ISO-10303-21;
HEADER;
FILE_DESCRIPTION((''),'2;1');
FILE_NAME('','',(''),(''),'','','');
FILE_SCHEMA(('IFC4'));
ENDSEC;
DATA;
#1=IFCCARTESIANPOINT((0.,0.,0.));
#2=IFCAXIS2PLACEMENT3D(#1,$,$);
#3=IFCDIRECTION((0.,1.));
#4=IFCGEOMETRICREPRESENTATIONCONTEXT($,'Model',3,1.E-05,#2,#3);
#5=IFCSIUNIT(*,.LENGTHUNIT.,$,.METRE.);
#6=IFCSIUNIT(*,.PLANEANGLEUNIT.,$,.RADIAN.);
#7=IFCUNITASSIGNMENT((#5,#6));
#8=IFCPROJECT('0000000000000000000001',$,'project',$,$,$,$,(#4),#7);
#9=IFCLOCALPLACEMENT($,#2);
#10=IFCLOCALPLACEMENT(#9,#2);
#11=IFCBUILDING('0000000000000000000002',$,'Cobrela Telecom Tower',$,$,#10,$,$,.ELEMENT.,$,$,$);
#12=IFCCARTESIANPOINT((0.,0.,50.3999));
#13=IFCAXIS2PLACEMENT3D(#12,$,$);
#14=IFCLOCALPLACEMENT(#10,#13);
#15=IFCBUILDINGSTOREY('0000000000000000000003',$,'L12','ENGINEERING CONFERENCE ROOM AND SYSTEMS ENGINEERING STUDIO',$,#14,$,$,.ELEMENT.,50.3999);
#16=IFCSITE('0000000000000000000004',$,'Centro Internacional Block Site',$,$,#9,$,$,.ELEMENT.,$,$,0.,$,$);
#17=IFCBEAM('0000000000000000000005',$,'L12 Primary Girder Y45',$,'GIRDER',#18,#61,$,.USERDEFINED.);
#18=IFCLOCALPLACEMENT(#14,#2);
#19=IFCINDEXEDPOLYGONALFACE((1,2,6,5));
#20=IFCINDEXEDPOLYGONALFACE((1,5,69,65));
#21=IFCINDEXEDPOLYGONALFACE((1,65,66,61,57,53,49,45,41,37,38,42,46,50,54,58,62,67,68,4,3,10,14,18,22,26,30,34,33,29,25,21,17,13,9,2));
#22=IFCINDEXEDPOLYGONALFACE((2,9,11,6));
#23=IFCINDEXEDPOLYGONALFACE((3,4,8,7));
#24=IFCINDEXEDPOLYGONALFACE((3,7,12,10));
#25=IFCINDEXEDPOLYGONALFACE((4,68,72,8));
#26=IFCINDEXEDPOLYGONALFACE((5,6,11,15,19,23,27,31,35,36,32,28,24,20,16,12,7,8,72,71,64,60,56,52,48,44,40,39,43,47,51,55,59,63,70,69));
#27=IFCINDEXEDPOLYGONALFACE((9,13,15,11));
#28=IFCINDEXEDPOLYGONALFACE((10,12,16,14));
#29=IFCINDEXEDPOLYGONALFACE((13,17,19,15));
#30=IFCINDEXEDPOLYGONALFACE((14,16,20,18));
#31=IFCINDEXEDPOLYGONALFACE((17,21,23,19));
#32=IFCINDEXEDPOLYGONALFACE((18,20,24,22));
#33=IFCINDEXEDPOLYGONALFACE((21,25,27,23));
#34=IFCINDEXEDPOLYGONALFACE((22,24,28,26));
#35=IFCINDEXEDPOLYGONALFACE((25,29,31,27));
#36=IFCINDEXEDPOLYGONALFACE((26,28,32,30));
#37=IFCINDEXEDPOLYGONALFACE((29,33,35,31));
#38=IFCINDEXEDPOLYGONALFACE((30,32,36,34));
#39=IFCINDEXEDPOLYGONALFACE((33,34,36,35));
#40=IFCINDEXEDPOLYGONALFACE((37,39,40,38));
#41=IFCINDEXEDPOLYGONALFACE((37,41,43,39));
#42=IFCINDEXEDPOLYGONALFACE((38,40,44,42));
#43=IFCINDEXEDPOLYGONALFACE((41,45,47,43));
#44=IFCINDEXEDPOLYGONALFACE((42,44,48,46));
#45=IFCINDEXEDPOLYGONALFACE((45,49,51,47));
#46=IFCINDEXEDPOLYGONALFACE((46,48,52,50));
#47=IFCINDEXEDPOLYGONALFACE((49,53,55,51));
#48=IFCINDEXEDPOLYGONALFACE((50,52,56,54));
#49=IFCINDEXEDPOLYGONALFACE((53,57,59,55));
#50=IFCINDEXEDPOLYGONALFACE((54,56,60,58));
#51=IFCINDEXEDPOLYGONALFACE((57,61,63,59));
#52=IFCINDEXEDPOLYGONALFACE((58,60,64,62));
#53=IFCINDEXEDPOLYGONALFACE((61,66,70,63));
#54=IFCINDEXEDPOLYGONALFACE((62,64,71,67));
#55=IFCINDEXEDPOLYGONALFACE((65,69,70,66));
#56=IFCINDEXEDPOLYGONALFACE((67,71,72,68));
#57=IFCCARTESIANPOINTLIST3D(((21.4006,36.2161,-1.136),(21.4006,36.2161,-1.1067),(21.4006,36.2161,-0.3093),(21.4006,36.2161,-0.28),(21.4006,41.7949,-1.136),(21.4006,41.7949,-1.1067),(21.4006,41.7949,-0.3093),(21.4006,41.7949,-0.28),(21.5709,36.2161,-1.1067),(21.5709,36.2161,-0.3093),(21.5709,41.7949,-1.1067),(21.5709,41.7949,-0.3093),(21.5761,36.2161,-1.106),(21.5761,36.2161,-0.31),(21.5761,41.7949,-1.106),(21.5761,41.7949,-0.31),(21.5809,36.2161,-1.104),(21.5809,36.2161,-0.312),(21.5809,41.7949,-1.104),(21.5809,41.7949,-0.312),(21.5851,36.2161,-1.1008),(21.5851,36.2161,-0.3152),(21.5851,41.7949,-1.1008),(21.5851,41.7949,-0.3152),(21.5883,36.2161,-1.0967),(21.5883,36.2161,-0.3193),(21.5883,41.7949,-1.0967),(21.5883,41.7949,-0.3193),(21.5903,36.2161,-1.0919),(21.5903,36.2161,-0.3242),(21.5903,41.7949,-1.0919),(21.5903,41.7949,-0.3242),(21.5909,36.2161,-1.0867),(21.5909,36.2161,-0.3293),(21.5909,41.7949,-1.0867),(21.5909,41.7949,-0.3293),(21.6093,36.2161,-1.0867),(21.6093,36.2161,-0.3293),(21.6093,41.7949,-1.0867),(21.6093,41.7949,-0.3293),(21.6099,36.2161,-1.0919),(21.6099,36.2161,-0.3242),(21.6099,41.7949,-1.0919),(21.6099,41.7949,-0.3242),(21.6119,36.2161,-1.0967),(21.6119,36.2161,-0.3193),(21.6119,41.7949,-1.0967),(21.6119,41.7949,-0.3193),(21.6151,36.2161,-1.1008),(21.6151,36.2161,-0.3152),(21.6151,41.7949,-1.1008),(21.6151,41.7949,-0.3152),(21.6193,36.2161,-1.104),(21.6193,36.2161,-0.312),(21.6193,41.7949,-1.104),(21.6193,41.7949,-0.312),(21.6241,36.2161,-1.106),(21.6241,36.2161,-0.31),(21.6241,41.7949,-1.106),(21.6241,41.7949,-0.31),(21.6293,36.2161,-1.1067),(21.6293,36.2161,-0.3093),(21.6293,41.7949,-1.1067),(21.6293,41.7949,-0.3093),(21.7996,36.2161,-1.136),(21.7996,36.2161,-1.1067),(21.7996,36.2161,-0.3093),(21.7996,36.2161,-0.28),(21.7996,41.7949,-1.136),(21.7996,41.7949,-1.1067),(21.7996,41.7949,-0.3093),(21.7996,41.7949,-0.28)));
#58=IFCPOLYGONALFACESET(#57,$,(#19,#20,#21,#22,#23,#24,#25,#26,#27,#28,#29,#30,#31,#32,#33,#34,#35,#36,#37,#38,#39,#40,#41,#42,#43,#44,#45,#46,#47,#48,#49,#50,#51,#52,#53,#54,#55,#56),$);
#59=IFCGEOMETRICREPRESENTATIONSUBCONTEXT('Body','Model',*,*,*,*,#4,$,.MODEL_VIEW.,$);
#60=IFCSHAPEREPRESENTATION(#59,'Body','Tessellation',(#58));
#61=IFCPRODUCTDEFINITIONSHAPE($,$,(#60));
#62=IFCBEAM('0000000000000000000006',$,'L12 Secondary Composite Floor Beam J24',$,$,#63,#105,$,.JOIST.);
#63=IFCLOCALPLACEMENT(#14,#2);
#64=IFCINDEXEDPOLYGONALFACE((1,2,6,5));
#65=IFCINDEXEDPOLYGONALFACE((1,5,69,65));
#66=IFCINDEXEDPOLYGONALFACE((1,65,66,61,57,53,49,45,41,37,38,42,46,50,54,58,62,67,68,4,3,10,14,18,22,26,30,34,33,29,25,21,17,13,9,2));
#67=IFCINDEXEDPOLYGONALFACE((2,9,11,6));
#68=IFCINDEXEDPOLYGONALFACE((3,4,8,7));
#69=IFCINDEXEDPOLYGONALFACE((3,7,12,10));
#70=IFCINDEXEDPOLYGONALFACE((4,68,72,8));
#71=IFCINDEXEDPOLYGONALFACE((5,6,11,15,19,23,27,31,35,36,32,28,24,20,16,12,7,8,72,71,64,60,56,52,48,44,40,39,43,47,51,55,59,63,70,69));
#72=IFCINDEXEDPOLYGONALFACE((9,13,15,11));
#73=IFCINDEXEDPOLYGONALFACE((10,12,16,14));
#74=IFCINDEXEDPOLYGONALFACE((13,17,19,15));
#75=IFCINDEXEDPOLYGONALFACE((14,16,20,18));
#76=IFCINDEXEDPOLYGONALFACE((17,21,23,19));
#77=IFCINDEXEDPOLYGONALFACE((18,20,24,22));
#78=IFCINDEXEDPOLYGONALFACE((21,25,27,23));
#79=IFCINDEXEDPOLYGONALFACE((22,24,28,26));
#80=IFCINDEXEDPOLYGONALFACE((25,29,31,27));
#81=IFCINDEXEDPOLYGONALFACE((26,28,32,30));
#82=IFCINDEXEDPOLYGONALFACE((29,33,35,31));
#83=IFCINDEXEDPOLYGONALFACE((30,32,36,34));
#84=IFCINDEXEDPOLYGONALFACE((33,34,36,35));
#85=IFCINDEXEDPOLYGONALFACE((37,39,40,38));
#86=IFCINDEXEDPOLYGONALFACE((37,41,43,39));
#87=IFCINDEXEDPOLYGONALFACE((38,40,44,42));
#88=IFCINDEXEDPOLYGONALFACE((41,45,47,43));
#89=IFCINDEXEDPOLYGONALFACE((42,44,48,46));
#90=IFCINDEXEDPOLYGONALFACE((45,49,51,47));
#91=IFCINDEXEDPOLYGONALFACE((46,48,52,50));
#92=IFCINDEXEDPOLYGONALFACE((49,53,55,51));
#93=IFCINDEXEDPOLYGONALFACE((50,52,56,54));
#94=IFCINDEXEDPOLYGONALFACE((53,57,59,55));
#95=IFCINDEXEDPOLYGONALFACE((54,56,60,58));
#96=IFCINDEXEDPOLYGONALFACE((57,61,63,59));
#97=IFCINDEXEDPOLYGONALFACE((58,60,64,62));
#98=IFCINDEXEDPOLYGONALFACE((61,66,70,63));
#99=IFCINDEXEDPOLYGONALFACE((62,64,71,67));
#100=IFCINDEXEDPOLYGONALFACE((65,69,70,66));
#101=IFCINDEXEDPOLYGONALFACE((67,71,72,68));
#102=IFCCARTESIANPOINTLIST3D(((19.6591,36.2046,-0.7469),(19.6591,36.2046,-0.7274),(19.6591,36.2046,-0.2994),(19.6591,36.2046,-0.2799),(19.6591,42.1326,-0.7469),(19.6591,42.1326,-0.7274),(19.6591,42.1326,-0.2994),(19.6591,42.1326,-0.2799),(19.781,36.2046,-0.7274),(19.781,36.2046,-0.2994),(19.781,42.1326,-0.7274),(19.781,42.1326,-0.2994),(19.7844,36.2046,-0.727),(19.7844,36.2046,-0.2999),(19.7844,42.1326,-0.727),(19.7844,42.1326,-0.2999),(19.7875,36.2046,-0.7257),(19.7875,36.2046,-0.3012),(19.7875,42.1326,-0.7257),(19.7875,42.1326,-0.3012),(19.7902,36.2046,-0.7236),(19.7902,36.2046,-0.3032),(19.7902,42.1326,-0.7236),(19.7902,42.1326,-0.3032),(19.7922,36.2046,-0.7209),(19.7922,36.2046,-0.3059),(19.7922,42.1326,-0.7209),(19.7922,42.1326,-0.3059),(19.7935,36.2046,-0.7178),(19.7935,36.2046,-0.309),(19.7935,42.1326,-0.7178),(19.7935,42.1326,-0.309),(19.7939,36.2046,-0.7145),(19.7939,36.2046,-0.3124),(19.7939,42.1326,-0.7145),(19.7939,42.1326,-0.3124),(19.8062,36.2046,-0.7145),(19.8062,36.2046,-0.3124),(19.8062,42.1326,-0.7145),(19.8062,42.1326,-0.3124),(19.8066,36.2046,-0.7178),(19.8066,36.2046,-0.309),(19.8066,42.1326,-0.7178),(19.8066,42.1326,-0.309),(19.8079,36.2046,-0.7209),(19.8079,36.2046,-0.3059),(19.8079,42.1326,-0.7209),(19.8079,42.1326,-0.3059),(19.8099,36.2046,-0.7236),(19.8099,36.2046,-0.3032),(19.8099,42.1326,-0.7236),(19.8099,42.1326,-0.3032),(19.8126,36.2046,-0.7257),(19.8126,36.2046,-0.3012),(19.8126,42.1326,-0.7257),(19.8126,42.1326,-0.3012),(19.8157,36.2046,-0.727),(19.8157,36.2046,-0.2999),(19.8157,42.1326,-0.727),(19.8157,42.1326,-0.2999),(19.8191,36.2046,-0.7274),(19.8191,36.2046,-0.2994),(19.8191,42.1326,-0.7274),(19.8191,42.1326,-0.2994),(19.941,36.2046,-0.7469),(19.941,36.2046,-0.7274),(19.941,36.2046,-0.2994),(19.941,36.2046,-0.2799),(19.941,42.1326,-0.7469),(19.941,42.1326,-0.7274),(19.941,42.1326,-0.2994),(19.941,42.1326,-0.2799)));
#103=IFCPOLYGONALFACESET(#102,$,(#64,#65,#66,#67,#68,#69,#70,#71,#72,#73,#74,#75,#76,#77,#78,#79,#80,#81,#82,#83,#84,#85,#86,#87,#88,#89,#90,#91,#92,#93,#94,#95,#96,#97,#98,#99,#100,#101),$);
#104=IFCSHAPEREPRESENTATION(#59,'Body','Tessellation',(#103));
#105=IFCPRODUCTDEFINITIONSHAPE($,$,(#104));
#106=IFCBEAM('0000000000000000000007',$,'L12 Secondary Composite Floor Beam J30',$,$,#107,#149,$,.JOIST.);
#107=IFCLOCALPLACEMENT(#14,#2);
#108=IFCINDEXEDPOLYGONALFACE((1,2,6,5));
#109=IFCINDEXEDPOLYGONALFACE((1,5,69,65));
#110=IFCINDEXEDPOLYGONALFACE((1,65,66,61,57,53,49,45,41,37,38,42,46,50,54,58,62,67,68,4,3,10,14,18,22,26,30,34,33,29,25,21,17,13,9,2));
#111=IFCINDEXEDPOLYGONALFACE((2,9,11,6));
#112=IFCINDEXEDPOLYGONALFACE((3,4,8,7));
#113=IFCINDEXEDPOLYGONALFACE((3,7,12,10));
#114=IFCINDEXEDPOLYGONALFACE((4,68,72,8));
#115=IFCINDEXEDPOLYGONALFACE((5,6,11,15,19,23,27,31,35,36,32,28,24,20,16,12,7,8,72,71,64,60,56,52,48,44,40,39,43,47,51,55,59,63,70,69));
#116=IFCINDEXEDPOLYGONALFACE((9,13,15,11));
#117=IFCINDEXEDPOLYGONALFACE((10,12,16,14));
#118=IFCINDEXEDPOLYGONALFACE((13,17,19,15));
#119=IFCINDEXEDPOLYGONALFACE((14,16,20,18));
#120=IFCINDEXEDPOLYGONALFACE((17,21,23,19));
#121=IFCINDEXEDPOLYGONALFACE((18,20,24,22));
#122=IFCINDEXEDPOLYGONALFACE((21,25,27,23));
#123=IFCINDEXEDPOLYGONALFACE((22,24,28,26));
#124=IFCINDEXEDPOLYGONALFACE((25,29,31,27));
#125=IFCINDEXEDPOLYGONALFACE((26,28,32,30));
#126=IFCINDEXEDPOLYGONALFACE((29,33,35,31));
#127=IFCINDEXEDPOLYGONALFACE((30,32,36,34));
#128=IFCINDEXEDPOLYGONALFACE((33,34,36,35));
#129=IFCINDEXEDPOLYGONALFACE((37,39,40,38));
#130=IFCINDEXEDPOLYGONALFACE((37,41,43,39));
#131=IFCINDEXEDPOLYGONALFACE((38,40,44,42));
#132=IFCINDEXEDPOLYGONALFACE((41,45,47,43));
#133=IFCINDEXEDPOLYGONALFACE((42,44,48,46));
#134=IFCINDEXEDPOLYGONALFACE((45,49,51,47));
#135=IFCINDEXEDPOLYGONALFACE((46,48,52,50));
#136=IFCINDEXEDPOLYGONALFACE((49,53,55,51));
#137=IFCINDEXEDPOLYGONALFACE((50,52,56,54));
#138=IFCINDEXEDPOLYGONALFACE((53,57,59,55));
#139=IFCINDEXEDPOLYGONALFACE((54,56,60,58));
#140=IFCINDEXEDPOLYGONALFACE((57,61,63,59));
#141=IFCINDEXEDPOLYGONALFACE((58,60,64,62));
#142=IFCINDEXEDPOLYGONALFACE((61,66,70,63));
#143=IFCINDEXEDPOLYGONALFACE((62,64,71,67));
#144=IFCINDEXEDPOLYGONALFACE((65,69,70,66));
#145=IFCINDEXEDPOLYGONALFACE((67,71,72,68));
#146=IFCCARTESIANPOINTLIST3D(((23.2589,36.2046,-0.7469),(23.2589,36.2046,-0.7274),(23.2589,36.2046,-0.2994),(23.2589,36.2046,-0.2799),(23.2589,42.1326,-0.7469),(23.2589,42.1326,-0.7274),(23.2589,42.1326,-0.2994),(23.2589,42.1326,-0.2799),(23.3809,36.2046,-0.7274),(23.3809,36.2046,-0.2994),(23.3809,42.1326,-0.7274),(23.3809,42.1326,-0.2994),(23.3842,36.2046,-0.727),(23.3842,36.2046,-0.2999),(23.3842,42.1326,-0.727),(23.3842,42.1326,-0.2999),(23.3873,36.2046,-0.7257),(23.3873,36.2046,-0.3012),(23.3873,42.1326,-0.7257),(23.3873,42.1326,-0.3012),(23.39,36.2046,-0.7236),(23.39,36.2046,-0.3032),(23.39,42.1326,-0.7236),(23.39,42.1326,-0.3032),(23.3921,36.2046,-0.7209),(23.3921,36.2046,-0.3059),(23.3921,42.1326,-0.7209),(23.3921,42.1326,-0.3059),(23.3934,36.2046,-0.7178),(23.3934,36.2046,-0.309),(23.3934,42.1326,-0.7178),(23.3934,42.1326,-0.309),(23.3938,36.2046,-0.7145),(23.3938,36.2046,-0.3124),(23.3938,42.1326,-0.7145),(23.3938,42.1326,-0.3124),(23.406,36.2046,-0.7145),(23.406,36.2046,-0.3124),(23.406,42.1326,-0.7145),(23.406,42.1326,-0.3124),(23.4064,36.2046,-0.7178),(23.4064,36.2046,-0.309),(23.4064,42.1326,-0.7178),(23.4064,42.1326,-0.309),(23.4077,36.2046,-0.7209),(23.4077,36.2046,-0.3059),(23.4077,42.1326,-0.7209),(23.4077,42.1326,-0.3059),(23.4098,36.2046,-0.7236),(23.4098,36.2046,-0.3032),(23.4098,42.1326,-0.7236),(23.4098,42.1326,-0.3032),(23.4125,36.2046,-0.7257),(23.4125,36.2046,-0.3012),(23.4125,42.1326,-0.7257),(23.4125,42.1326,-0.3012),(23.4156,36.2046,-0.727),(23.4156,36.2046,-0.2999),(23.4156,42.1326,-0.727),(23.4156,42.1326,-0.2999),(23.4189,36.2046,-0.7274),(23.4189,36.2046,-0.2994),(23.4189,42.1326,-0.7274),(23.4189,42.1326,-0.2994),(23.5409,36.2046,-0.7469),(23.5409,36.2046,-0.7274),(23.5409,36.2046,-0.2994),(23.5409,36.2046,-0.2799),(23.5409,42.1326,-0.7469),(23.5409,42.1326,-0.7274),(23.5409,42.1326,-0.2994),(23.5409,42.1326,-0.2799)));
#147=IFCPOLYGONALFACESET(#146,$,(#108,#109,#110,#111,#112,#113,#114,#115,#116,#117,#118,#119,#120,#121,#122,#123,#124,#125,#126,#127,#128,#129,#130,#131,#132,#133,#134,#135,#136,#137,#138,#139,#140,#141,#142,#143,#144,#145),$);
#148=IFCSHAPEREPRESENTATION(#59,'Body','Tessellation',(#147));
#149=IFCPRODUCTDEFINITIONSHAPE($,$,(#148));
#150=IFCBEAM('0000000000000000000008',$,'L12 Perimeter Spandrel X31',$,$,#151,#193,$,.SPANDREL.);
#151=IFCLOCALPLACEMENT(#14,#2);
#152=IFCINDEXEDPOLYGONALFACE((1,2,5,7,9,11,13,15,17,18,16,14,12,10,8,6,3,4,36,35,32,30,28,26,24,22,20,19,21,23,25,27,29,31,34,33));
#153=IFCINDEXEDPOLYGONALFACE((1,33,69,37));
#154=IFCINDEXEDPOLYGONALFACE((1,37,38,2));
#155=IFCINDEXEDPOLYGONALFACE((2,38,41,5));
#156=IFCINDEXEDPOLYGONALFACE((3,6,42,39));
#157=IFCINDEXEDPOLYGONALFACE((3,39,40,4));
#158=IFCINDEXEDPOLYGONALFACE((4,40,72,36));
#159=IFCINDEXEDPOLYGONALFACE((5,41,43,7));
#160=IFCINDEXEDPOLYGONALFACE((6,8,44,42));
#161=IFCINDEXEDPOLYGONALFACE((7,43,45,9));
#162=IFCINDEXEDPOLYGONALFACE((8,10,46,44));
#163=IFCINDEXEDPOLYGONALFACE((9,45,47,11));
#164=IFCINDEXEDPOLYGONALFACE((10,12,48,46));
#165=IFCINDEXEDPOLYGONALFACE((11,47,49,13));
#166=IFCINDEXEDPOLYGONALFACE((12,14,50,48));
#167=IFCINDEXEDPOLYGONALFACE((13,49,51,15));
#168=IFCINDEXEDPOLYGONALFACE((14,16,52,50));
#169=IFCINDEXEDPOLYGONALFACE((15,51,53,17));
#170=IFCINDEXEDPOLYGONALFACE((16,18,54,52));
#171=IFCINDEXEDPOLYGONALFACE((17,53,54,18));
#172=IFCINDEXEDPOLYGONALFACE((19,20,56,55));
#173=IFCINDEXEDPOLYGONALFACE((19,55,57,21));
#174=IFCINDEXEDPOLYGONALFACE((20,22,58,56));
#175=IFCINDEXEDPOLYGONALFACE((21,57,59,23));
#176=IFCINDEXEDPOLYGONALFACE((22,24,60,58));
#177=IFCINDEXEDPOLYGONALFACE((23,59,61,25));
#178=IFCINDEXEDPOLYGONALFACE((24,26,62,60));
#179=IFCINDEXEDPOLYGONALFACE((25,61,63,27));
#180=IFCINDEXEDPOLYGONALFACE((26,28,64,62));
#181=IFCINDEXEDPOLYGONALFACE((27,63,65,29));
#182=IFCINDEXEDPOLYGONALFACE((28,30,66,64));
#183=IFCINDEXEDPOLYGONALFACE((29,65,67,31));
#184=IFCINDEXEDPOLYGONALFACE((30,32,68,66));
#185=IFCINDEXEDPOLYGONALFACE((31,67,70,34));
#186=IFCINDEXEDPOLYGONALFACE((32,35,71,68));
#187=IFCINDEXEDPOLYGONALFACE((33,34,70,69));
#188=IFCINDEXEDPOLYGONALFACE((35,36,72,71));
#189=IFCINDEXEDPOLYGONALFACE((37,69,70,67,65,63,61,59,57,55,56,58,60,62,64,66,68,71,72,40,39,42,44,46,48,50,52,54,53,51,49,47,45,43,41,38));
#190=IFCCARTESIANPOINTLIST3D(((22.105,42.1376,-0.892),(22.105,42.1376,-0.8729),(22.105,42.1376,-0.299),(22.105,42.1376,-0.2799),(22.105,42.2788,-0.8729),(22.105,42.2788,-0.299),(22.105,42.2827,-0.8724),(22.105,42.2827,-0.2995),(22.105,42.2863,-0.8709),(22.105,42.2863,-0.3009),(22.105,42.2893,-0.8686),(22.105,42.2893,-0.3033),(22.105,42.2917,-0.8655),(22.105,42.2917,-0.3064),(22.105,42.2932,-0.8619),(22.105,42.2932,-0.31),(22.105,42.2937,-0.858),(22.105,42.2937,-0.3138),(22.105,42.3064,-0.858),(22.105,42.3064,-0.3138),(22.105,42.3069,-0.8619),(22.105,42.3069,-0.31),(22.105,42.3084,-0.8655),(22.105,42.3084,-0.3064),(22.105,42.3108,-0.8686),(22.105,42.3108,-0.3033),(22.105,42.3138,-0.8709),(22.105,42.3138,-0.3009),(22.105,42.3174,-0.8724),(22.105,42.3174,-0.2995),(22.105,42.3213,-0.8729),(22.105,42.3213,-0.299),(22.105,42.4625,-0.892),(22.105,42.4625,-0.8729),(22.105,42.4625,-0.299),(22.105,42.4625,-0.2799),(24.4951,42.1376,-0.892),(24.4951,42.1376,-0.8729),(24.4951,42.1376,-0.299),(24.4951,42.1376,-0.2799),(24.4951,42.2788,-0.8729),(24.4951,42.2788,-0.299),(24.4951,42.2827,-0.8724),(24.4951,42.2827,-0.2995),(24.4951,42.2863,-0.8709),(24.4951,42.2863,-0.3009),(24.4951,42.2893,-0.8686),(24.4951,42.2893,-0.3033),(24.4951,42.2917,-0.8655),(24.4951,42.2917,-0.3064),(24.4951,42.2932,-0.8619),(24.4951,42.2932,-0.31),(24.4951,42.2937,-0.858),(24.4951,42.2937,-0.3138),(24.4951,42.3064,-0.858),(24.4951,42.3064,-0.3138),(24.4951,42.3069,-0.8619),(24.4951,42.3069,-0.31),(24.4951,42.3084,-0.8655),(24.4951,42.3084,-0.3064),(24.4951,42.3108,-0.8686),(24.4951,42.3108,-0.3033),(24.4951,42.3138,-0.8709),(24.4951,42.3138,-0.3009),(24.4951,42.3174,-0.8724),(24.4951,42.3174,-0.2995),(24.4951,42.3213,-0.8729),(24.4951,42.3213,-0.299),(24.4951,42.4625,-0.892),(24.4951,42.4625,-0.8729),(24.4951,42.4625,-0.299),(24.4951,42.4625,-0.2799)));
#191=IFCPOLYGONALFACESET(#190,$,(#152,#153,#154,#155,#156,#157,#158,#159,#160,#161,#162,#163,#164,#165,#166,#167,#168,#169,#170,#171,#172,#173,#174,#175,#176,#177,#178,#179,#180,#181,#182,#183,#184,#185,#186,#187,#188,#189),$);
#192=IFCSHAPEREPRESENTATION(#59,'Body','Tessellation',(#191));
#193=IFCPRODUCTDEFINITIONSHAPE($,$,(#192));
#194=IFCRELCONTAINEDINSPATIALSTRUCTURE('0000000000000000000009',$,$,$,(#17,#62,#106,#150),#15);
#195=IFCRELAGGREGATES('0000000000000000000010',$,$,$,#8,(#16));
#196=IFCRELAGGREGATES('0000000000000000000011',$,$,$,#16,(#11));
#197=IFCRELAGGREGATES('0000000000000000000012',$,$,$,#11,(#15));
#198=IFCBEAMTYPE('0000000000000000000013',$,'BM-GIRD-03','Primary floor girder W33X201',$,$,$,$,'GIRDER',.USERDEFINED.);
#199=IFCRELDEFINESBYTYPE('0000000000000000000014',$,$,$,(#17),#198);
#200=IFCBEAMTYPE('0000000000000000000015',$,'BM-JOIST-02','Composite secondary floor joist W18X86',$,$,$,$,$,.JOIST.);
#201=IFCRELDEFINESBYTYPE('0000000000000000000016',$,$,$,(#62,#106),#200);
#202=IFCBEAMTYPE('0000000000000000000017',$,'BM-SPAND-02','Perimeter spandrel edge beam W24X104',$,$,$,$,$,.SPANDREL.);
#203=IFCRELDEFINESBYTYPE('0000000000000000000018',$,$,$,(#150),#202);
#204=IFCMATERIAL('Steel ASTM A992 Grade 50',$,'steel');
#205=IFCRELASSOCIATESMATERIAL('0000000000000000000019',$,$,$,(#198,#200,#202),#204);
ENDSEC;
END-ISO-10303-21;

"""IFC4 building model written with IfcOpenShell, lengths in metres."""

from ifc_helpers import new_model, si_unit, direction, frame, origin, origin_2d, place, context, subcontext, project, spatial, i_section, extrude, material, material_profile, profile_set, type_object, element, save


model = new_model("IFC4")

# Units and contexts
model_context = context("Model", 3, precision=1e-05, world=origin(), true_north=direction((0.0, 1.0)))
body_context = subcontext(model_context, "Body", "Model", "MODEL_VIEW")
ifc_project = project(units=[si_unit("LENGTHUNIT", "METRE"), si_unit("PLANEANGLEUNIT", "RADIAN")], contexts=[model_context])

# Site, building, storey
site_placement = place(None, origin())
site = spatial("IfcSite", under=ifc_project, at=site_placement, Name="Centro Internacional Block Site", CompositionType="ELEMENT", RefElevation=0.0)
building_placement = place(site_placement, origin())
building = spatial("IfcBuilding", under=site, at=building_placement, Name="Cobrela Telecom Tower", CompositionType="ELEMENT")
storey_placement = place(building_placement, frame((0.0, 0.0, 50.3999)))
storey = spatial("IfcBuildingStorey", under=building, at=storey_placement, Name="L12", Description="ENGINEERING CONFERENCE ROOM AND SYSTEMS ENGINEERING STUDIO", CompositionType="ELEMENT", Elevation=50.3999)

# Shared definitions
ifc_material_1 = material(Name="Steel ASTM A992 Grade 50", Category="steel")

# Beams
ifc_material_profile_1 = material_profile(ifc_material_1, i_section(OverallWidth=0.3989, OverallDepth=0.856, WebThickness=0.0183, FlangeThickness=0.0293, FilletRadius=0.02, at=origin_2d()), Name="W33X201")
ifc_profile_set_1 = profile_set([ifc_material_profile_1], Name="Steel ASTM A992 Grade 50")
beam_type_1 = type_object("IfcBeamType", Name="BM-GIRD-03", Description="Primary floor girder W33X201", ElementType="GIRDER", PredefinedType="USERDEFINED", material=ifc_profile_set_1)
beam_1_placement = place(storey_placement, frame((21.6001, 36.2161, -0.708), z_axis=(0.0, 1.0, 0.0), x_axis=(-1.0, 0.0, 0.0)))
element("IfcBeam", 1, at=beam_1_placement, inside=storey, type_object=beam_type_1, Name="L12 Primary Girder Y45", ObjectType="GIRDER", PredefinedType="USERDEFINED", context=body_context, shape_type="SweptSolid", body=[
    extrude(i_section(OverallWidth=0.3989, OverallDepth=0.856, WebThickness=0.0183, FlangeThickness=0.0293, FilletRadius=0.02, at=origin_2d()), origin(), (0.0, 0.0, 1.0), 5.5789),
])
ifc_material_profile_2 = material_profile(ifc_material_1, i_section(OverallWidth=0.282, OverallDepth=0.467, WebThickness=0.0122, FlangeThickness=0.0195, FilletRadius=0.0129, at=origin_2d()), Name="W18X86")
ifc_profile_set_2 = profile_set([ifc_material_profile_2], Name="Steel ASTM A992 Grade 50")
beam_type_2 = type_object("IfcBeamType", Name="BM-JOIST-02", Description="Composite secondary floor joist W18X86", PredefinedType="JOIST", material=ifc_profile_set_2)
for number, where, z_axis, x_axis, name in (
    (2, (19.8, 36.2046, -0.5134), (0.0, 1.0, 0.0), (-1.0, 0.0, 0.0), "L12 Secondary Composite Floor Beam J24"),
    (3, (23.3999, 36.2046, -0.5134), (0.0, 1.0, 0.0), (-1.0, 0.0, 0.0), "L12 Secondary Composite Floor Beam J30"),
):
    element("IfcBeam", number, at=place(storey_placement, frame(where, z_axis=z_axis, x_axis=x_axis)), inside=storey, type_object=beam_type_2, Name=name, PredefinedType="JOIST", context=body_context, shape_type="SweptSolid", body=[
        extrude(i_section(OverallWidth=0.282, OverallDepth=0.467, WebThickness=0.0122, FlangeThickness=0.0195, FilletRadius=0.0129, at=origin_2d()), origin(), (0.0, 0.0, 1.0), 5.928),
    ])
ifc_material_profile_3 = material_profile(ifc_material_1, i_section(OverallWidth=0.325, OverallDepth=0.6121, WebThickness=0.0127, FlangeThickness=0.019, FilletRadius=0.0149, at=origin_2d()), Name="W24X104")
ifc_profile_set_3 = profile_set([ifc_material_profile_3], Name="Steel ASTM A992 Grade 50")
beam_type_3 = type_object("IfcBeamType", Name="BM-SPAND-02", Description="Perimeter spandrel edge beam W24X104", PredefinedType="SPANDREL", material=ifc_profile_set_3)
beam_2_placement = place(storey_placement, frame((22.105, 42.3, -0.5859), z_axis=(1.0, 0.0, 0.0), x_axis=(0.0, 1.0, 0.0)))
element("IfcBeam", 4, at=beam_2_placement, inside=storey, type_object=beam_type_3, Name="L12 Perimeter Spandrel X31", PredefinedType="SPANDREL", context=body_context, shape_type="SweptSolid", body=[
    extrude(i_section(OverallWidth=0.325, OverallDepth=0.6121, WebThickness=0.0127, FlangeThickness=0.019, FilletRadius=0.0149, at=origin_2d()), origin(), (0.0, 0.0, 1.0), 2.3901),
])

save(model, "model.ifc")
